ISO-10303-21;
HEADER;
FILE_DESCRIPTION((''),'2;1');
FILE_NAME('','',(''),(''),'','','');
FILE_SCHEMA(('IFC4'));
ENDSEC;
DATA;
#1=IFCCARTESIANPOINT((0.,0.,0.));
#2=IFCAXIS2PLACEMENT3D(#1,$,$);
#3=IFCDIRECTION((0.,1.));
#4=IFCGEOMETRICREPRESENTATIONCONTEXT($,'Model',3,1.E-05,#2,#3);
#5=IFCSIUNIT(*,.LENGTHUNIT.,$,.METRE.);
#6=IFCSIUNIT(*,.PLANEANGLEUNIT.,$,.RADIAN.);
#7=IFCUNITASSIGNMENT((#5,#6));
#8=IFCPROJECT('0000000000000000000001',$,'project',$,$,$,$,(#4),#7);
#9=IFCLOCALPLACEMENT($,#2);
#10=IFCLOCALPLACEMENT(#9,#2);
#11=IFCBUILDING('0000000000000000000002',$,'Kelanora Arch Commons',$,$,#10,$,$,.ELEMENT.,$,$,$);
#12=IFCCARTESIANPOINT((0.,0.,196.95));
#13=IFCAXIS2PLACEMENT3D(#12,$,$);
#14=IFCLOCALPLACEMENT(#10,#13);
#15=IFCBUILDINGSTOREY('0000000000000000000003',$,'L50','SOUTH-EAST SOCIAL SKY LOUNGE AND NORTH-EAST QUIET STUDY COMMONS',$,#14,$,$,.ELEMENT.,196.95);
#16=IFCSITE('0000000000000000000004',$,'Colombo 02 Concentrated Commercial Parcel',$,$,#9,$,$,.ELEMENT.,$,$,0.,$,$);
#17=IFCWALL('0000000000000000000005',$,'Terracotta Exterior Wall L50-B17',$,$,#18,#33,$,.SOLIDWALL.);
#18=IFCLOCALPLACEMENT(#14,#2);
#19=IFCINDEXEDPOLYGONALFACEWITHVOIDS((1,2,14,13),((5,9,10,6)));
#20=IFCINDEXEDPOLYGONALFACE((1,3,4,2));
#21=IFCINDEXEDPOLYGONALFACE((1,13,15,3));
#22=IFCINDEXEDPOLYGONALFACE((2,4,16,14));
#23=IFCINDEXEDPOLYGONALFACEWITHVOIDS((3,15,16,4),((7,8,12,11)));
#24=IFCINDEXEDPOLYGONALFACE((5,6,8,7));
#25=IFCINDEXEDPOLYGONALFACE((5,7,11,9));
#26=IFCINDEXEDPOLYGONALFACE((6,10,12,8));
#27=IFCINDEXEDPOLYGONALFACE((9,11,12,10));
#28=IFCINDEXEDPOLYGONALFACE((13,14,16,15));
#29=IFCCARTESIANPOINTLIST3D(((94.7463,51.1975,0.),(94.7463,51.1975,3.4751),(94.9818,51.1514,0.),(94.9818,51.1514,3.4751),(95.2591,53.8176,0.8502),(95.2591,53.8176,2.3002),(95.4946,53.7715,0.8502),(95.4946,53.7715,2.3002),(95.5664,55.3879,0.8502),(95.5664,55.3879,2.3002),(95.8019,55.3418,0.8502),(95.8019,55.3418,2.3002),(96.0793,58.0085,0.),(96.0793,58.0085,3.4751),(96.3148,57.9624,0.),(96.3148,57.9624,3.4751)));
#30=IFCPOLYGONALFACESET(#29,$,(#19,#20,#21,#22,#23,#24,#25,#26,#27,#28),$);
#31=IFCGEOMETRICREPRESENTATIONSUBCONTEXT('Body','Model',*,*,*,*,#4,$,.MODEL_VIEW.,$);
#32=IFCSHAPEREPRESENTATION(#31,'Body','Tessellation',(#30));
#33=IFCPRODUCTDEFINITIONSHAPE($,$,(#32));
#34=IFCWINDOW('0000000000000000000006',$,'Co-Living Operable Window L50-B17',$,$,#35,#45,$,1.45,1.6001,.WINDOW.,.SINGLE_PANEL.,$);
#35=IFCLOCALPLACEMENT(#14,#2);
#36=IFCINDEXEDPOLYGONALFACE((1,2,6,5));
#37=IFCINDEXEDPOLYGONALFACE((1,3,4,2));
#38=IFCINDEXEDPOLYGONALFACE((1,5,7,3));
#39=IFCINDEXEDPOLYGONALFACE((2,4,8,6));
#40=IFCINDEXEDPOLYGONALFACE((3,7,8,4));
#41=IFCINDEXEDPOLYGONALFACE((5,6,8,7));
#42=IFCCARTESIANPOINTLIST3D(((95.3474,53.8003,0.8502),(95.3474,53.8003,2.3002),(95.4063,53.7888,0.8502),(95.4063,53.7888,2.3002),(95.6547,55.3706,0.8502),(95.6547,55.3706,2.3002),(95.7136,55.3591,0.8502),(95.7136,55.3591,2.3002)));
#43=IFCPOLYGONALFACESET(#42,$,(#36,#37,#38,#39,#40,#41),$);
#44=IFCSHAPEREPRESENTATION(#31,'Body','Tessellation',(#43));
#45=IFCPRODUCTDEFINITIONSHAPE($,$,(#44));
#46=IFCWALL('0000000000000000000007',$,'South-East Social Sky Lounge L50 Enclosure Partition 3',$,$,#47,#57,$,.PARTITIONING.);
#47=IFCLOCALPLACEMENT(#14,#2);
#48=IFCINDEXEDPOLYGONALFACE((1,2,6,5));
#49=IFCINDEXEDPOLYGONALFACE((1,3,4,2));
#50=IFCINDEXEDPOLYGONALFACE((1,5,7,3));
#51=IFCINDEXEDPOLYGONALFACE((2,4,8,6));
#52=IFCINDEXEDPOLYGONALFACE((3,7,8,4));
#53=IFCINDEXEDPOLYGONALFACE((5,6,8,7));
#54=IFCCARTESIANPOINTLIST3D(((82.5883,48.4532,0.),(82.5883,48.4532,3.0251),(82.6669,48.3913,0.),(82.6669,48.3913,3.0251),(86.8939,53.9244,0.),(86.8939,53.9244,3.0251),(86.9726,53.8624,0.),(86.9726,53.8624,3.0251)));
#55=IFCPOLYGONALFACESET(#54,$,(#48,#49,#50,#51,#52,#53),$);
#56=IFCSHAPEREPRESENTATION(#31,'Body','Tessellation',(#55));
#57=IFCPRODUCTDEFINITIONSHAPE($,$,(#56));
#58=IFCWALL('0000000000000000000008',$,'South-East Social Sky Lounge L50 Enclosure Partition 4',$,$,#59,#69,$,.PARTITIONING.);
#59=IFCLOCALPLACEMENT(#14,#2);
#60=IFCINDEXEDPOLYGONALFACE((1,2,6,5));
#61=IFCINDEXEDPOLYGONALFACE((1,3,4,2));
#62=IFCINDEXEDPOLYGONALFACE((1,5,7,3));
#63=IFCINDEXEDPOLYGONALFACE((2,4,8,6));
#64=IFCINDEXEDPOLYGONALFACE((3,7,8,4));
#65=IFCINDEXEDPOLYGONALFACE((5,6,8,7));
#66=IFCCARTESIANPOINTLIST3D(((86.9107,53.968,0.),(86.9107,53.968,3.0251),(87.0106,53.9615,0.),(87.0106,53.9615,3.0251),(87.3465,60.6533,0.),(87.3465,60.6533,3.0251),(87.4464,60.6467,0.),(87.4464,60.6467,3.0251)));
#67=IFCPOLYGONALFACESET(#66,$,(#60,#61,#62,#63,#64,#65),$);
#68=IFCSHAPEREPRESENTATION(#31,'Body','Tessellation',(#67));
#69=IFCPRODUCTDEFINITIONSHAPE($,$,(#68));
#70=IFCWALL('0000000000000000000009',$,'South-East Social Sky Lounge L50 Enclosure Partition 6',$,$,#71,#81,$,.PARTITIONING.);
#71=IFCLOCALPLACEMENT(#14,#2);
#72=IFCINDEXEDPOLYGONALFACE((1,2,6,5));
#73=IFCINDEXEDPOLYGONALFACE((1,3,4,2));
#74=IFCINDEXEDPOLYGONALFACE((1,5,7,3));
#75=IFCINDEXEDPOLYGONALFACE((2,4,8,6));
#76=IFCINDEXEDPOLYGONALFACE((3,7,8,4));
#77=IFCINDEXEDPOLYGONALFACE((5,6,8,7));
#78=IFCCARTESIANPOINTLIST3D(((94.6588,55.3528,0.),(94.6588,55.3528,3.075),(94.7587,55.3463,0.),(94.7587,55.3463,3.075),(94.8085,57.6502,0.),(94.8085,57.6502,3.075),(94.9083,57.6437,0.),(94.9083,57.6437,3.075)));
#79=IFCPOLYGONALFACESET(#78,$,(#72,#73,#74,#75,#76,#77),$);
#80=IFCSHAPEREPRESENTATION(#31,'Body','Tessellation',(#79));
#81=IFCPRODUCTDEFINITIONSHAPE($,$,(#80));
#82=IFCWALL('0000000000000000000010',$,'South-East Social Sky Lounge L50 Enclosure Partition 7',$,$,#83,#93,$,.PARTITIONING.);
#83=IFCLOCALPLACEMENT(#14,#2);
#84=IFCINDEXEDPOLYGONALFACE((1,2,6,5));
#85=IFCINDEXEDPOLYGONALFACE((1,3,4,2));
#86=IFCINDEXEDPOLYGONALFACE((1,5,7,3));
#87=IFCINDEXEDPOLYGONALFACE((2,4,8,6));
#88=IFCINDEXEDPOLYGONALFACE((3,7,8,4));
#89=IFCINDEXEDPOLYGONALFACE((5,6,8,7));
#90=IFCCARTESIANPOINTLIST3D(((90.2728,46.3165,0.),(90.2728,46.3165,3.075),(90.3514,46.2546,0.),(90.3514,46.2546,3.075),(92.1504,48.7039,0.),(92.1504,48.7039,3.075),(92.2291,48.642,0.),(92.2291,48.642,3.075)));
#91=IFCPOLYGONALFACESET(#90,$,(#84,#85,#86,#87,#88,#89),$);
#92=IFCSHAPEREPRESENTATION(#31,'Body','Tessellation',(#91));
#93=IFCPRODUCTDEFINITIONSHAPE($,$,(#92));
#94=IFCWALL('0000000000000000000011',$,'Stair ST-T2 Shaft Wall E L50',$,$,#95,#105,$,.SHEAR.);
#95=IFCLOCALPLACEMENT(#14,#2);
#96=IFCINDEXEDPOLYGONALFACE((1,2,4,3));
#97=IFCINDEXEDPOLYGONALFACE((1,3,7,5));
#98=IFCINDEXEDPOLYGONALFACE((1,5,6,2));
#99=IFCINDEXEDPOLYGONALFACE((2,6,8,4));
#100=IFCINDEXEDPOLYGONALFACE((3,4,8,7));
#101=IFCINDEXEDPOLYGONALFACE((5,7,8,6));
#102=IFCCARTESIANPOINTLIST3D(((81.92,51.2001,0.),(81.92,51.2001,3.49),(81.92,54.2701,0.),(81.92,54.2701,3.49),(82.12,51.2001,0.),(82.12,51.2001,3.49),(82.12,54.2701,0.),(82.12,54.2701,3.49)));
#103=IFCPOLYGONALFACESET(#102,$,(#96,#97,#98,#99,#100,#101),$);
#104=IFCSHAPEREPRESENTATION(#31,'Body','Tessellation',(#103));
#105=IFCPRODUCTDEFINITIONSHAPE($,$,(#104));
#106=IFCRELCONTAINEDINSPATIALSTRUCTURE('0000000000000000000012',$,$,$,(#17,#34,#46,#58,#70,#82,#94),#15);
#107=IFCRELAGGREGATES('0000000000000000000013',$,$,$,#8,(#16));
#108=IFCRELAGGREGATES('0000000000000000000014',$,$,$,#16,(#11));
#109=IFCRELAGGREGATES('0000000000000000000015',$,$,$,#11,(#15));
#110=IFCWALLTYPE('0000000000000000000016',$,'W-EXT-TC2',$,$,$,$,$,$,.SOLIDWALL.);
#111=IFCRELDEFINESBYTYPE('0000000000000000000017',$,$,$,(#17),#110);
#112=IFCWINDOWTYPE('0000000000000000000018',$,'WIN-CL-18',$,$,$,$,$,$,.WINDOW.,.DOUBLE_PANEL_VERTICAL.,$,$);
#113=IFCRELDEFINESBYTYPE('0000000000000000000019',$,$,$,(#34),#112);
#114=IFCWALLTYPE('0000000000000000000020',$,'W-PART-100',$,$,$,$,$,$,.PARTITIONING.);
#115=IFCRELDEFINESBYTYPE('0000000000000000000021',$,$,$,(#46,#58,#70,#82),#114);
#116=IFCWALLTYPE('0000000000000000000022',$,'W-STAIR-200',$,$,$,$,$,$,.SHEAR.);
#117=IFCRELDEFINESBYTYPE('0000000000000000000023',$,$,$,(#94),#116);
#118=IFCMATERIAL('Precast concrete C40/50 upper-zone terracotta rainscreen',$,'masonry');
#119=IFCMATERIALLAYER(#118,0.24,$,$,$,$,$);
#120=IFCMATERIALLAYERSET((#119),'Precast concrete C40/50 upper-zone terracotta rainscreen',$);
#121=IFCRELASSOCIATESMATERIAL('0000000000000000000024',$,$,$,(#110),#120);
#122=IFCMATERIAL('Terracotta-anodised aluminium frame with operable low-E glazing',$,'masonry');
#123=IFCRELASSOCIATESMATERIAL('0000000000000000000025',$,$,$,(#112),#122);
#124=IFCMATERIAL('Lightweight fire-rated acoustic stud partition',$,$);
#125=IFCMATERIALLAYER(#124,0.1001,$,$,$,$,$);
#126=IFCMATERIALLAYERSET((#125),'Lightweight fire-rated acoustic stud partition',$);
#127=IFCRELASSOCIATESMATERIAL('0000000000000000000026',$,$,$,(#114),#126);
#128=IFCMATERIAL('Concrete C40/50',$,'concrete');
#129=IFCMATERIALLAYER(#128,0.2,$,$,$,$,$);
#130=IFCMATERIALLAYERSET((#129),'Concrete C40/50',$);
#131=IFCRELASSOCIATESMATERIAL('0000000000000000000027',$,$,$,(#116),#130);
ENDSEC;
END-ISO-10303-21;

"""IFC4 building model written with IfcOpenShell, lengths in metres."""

from ifc_helpers import new_model, si_unit, direction, frame, frame_2d, origin, place, context, subcontext, project, spatial, rectangle, extrude, material, layer, layer_set, type_object, element, fill, save


model = new_model("IFC4")

# Units and contexts
model_context = context("Model", 3, precision=1e-05, world=origin(), true_north=direction((0.0, 1.0)))
body_context = subcontext(model_context, "Body", "Model", "MODEL_VIEW")
ifc_project = project(units=[si_unit("LENGTHUNIT", "METRE"), si_unit("PLANEANGLEUNIT", "RADIAN")], contexts=[model_context])

# Site, building, storey
site_placement = place(None, origin())
site = spatial("IfcSite", under=ifc_project, at=site_placement, Name="Colombo 02 Concentrated Commercial Parcel", CompositionType="ELEMENT", RefElevation=0.0)
building_placement = place(site_placement, origin())
building = spatial("IfcBuilding", under=site, at=building_placement, Name="Kelanora Arch Commons", CompositionType="ELEMENT")
storey_placement = place(building_placement, frame((0.0, 0.0, 196.95)))
storey = spatial("IfcBuildingStorey", under=building, at=storey_placement, Name="L50", Description="SOUTH-EAST SOCIAL SKY LOUNGE AND NORTH-EAST QUIET STUDY COMMONS", CompositionType="ELEMENT", Elevation=196.95)

# Wall, opening, window
ifc_material_1 = material(Name="Precast concrete C40/50 upper-zone terracotta rainscreen", Category="masonry")
ifc_layer_1 = layer(ifc_material_1, 0.24)
ifc_layer_set_1 = layer_set([ifc_layer_1], Name="Precast concrete C40/50 upper-zone terracotta rainscreen")
wall_type_1 = type_object("IfcWallType", Name="W-EXT-TC2", PredefinedType="SOLIDWALL", material=ifc_layer_set_1)
wall_1_placement = place(storey_placement, frame((94.864, 51.1743, 0.0), z_axis=(0.0, 0.0, 1.0), x_axis=(0.192069, 0.981381, 0.0)))
wall_1 = element("IfcWall", 1, at=wall_1_placement, inside=storey, type_object=wall_type_1, Name="Terracotta Exterior Wall L50-B17", PredefinedType="SOLIDWALL", context=body_context, shape_type="SweptSolid", body=[
    extrude(rectangle(XDim=6.9402, YDim=0.24, at=frame_2d((3.4702, 0.0))), origin(), (0.0, 0.0, 1.0), 3.4751),
])
opening_placement = place(wall_1_placement, frame((2.6699, 0.0, 0.8501)))
opening = element("IfcOpeningElement", 2, at=opening_placement, cuts=wall_1, PredefinedType="OPENING", context=body_context, shape_type="SweptSolid", body=[
    extrude(rectangle(XDim=1.6001, YDim=1.45, at=frame_2d((0.8, 0.7251))), frame((0.0, 0.1299, 0.0), z_axis=(0.0, -1.0, 0.0), x_axis=(1.0, 0.0, 0.0)), (0.0, 0.0, 1.0), 0.26),
])
ifc_material_2 = material(Name="Terracotta-anodised aluminium frame with operable low-E glazing", Category="masonry")
window_type = type_object("IfcWindowType", Name="WIN-CL-18", PartitioningType="DOUBLE_PANEL_VERTICAL", PredefinedType="WINDOW", material=ifc_material_2)
window_placement = place(opening_placement, origin())
window = element("IfcWindow", 3, at=window_placement, inside=storey, type_object=window_type, Name="Co-Living Operable Window L50-B17", OverallHeight=1.45, OverallWidth=1.6001, PartitioningType="SINGLE_PANEL", PredefinedType="WINDOW", context=body_context, shape_type="SweptSolid", body=[
    extrude(rectangle(XDim=1.6001, YDim=1.45, at=frame_2d((0.8, 0.7251))), frame((0.0, 0.03, 0.0), z_axis=(0.0, -1.0, 0.0), x_axis=(1.0, 0.0, 0.0)), (0.0, 0.0, 1.0), 0.0601),
])
fill(opening, window)

# Walls
ifc_material_3 = material(Name="Lightweight fire-rated acoustic stud partition")
ifc_layer_2 = layer(ifc_material_3, 0.1001)
ifc_layer_set_2 = layer_set([ifc_layer_2], Name="Lightweight fire-rated acoustic stud partition")
wall_type_2 = type_object("IfcWallType", Name="W-PART-100", PredefinedType="PARTITIONING", material=ifc_layer_set_2)
wall_2_placement = place(storey_placement, frame((82.6277, 48.4224, 0.0), z_axis=(0.0, 0.0, 1.0), x_axis=(0.618432, 0.785839, 0.0)))
element("IfcWall", 4, at=wall_2_placement, inside=storey, type_object=wall_type_2, Name="South-East Social Sky Lounge L50 Enclosure Partition 3", PredefinedType="PARTITIONING", context=body_context, shape_type="SweptSolid", body=[
    extrude(rectangle(XDim=6.9622, YDim=0.1001, at=frame_2d((3.481, 0.0))), origin(), (0.0, 0.0, 1.0), 3.0251),
])
wall_3_placement = place(storey_placement, frame((86.9607, 53.9648, 0.0), z_axis=(0.0, 0.0, 1.0), x_axis=(0.065048, 0.997882, 0.0)))
element("IfcWall", 5, at=wall_3_placement, inside=storey, type_object=wall_type_2, Name="South-East Social Sky Lounge L50 Enclosure Partition 4", PredefinedType="PARTITIONING", context=body_context, shape_type="SweptSolid", body=[
    extrude(rectangle(XDim=6.6995, YDim=0.1001, at=frame_2d((3.3496, 0.0))), origin(), (0.0, 0.0, 1.0), 3.0251),
])
wall_4_placement = place(storey_placement, frame((94.8584, 57.647, 0.0), z_axis=(0.0, 0.0, 1.0), x_axis=(-0.065006, -0.997885, 0.0)))
element("IfcWall", 6, at=wall_4_placement, inside=storey, type_object=wall_type_2, Name="South-East Social Sky Lounge L50 Enclosure Partition 6", PredefinedType="PARTITIONING", context=body_context, shape_type="SweptSolid", body=[
    extrude(rectangle(XDim=2.3022, YDim=0.1001, at=frame_2d((1.1511, 0.0))), origin(), (0.0, 0.0, 1.0), 3.075),
])
wall_5_placement = place(storey_placement, frame((92.1897, 48.6729, 0.0), z_axis=(0.0, 0.0, 1.0), x_axis=(-0.618194, -0.786025, 0.0)))
element("IfcWall", 7, at=wall_5_placement, inside=storey, type_object=wall_type_2, Name="South-East Social Sky Lounge L50 Enclosure Partition 7", PredefinedType="PARTITIONING", context=body_context, shape_type="SweptSolid", body=[
    extrude(rectangle(XDim=3.0374, YDim=0.1001, at=frame_2d((1.5186, 0.0))), origin(), (0.0, 0.0, 1.0), 3.075),
])
ifc_material_4 = material(Name="Concrete C40/50", Category="concrete")
ifc_layer_3 = layer(ifc_material_4, 0.2)
ifc_layer_set_3 = layer_set([ifc_layer_3], Name="Concrete C40/50")
wall_type_3 = type_object("IfcWallType", Name="W-STAIR-200", PredefinedType="SHEAR", material=ifc_layer_set_3)
wall_6_placement = place(storey_placement, frame((82.02, 51.2, 0.0), z_axis=(0.0, 0.0, 1.0), x_axis=(0.0, 1.0, 0.0)))
element("IfcWall", 8, at=wall_6_placement, inside=storey, type_object=wall_type_3, Name="Stair ST-T2 Shaft Wall E L50", PredefinedType="SHEAR", context=body_context, shape_type="SweptSolid", body=[
    extrude(rectangle(XDim=3.0701, YDim=0.2, at=frame_2d((1.5352, 0.0))), origin(), (0.0, 0.0, 1.0), 3.49),
])

save(model, "model.ifc")
